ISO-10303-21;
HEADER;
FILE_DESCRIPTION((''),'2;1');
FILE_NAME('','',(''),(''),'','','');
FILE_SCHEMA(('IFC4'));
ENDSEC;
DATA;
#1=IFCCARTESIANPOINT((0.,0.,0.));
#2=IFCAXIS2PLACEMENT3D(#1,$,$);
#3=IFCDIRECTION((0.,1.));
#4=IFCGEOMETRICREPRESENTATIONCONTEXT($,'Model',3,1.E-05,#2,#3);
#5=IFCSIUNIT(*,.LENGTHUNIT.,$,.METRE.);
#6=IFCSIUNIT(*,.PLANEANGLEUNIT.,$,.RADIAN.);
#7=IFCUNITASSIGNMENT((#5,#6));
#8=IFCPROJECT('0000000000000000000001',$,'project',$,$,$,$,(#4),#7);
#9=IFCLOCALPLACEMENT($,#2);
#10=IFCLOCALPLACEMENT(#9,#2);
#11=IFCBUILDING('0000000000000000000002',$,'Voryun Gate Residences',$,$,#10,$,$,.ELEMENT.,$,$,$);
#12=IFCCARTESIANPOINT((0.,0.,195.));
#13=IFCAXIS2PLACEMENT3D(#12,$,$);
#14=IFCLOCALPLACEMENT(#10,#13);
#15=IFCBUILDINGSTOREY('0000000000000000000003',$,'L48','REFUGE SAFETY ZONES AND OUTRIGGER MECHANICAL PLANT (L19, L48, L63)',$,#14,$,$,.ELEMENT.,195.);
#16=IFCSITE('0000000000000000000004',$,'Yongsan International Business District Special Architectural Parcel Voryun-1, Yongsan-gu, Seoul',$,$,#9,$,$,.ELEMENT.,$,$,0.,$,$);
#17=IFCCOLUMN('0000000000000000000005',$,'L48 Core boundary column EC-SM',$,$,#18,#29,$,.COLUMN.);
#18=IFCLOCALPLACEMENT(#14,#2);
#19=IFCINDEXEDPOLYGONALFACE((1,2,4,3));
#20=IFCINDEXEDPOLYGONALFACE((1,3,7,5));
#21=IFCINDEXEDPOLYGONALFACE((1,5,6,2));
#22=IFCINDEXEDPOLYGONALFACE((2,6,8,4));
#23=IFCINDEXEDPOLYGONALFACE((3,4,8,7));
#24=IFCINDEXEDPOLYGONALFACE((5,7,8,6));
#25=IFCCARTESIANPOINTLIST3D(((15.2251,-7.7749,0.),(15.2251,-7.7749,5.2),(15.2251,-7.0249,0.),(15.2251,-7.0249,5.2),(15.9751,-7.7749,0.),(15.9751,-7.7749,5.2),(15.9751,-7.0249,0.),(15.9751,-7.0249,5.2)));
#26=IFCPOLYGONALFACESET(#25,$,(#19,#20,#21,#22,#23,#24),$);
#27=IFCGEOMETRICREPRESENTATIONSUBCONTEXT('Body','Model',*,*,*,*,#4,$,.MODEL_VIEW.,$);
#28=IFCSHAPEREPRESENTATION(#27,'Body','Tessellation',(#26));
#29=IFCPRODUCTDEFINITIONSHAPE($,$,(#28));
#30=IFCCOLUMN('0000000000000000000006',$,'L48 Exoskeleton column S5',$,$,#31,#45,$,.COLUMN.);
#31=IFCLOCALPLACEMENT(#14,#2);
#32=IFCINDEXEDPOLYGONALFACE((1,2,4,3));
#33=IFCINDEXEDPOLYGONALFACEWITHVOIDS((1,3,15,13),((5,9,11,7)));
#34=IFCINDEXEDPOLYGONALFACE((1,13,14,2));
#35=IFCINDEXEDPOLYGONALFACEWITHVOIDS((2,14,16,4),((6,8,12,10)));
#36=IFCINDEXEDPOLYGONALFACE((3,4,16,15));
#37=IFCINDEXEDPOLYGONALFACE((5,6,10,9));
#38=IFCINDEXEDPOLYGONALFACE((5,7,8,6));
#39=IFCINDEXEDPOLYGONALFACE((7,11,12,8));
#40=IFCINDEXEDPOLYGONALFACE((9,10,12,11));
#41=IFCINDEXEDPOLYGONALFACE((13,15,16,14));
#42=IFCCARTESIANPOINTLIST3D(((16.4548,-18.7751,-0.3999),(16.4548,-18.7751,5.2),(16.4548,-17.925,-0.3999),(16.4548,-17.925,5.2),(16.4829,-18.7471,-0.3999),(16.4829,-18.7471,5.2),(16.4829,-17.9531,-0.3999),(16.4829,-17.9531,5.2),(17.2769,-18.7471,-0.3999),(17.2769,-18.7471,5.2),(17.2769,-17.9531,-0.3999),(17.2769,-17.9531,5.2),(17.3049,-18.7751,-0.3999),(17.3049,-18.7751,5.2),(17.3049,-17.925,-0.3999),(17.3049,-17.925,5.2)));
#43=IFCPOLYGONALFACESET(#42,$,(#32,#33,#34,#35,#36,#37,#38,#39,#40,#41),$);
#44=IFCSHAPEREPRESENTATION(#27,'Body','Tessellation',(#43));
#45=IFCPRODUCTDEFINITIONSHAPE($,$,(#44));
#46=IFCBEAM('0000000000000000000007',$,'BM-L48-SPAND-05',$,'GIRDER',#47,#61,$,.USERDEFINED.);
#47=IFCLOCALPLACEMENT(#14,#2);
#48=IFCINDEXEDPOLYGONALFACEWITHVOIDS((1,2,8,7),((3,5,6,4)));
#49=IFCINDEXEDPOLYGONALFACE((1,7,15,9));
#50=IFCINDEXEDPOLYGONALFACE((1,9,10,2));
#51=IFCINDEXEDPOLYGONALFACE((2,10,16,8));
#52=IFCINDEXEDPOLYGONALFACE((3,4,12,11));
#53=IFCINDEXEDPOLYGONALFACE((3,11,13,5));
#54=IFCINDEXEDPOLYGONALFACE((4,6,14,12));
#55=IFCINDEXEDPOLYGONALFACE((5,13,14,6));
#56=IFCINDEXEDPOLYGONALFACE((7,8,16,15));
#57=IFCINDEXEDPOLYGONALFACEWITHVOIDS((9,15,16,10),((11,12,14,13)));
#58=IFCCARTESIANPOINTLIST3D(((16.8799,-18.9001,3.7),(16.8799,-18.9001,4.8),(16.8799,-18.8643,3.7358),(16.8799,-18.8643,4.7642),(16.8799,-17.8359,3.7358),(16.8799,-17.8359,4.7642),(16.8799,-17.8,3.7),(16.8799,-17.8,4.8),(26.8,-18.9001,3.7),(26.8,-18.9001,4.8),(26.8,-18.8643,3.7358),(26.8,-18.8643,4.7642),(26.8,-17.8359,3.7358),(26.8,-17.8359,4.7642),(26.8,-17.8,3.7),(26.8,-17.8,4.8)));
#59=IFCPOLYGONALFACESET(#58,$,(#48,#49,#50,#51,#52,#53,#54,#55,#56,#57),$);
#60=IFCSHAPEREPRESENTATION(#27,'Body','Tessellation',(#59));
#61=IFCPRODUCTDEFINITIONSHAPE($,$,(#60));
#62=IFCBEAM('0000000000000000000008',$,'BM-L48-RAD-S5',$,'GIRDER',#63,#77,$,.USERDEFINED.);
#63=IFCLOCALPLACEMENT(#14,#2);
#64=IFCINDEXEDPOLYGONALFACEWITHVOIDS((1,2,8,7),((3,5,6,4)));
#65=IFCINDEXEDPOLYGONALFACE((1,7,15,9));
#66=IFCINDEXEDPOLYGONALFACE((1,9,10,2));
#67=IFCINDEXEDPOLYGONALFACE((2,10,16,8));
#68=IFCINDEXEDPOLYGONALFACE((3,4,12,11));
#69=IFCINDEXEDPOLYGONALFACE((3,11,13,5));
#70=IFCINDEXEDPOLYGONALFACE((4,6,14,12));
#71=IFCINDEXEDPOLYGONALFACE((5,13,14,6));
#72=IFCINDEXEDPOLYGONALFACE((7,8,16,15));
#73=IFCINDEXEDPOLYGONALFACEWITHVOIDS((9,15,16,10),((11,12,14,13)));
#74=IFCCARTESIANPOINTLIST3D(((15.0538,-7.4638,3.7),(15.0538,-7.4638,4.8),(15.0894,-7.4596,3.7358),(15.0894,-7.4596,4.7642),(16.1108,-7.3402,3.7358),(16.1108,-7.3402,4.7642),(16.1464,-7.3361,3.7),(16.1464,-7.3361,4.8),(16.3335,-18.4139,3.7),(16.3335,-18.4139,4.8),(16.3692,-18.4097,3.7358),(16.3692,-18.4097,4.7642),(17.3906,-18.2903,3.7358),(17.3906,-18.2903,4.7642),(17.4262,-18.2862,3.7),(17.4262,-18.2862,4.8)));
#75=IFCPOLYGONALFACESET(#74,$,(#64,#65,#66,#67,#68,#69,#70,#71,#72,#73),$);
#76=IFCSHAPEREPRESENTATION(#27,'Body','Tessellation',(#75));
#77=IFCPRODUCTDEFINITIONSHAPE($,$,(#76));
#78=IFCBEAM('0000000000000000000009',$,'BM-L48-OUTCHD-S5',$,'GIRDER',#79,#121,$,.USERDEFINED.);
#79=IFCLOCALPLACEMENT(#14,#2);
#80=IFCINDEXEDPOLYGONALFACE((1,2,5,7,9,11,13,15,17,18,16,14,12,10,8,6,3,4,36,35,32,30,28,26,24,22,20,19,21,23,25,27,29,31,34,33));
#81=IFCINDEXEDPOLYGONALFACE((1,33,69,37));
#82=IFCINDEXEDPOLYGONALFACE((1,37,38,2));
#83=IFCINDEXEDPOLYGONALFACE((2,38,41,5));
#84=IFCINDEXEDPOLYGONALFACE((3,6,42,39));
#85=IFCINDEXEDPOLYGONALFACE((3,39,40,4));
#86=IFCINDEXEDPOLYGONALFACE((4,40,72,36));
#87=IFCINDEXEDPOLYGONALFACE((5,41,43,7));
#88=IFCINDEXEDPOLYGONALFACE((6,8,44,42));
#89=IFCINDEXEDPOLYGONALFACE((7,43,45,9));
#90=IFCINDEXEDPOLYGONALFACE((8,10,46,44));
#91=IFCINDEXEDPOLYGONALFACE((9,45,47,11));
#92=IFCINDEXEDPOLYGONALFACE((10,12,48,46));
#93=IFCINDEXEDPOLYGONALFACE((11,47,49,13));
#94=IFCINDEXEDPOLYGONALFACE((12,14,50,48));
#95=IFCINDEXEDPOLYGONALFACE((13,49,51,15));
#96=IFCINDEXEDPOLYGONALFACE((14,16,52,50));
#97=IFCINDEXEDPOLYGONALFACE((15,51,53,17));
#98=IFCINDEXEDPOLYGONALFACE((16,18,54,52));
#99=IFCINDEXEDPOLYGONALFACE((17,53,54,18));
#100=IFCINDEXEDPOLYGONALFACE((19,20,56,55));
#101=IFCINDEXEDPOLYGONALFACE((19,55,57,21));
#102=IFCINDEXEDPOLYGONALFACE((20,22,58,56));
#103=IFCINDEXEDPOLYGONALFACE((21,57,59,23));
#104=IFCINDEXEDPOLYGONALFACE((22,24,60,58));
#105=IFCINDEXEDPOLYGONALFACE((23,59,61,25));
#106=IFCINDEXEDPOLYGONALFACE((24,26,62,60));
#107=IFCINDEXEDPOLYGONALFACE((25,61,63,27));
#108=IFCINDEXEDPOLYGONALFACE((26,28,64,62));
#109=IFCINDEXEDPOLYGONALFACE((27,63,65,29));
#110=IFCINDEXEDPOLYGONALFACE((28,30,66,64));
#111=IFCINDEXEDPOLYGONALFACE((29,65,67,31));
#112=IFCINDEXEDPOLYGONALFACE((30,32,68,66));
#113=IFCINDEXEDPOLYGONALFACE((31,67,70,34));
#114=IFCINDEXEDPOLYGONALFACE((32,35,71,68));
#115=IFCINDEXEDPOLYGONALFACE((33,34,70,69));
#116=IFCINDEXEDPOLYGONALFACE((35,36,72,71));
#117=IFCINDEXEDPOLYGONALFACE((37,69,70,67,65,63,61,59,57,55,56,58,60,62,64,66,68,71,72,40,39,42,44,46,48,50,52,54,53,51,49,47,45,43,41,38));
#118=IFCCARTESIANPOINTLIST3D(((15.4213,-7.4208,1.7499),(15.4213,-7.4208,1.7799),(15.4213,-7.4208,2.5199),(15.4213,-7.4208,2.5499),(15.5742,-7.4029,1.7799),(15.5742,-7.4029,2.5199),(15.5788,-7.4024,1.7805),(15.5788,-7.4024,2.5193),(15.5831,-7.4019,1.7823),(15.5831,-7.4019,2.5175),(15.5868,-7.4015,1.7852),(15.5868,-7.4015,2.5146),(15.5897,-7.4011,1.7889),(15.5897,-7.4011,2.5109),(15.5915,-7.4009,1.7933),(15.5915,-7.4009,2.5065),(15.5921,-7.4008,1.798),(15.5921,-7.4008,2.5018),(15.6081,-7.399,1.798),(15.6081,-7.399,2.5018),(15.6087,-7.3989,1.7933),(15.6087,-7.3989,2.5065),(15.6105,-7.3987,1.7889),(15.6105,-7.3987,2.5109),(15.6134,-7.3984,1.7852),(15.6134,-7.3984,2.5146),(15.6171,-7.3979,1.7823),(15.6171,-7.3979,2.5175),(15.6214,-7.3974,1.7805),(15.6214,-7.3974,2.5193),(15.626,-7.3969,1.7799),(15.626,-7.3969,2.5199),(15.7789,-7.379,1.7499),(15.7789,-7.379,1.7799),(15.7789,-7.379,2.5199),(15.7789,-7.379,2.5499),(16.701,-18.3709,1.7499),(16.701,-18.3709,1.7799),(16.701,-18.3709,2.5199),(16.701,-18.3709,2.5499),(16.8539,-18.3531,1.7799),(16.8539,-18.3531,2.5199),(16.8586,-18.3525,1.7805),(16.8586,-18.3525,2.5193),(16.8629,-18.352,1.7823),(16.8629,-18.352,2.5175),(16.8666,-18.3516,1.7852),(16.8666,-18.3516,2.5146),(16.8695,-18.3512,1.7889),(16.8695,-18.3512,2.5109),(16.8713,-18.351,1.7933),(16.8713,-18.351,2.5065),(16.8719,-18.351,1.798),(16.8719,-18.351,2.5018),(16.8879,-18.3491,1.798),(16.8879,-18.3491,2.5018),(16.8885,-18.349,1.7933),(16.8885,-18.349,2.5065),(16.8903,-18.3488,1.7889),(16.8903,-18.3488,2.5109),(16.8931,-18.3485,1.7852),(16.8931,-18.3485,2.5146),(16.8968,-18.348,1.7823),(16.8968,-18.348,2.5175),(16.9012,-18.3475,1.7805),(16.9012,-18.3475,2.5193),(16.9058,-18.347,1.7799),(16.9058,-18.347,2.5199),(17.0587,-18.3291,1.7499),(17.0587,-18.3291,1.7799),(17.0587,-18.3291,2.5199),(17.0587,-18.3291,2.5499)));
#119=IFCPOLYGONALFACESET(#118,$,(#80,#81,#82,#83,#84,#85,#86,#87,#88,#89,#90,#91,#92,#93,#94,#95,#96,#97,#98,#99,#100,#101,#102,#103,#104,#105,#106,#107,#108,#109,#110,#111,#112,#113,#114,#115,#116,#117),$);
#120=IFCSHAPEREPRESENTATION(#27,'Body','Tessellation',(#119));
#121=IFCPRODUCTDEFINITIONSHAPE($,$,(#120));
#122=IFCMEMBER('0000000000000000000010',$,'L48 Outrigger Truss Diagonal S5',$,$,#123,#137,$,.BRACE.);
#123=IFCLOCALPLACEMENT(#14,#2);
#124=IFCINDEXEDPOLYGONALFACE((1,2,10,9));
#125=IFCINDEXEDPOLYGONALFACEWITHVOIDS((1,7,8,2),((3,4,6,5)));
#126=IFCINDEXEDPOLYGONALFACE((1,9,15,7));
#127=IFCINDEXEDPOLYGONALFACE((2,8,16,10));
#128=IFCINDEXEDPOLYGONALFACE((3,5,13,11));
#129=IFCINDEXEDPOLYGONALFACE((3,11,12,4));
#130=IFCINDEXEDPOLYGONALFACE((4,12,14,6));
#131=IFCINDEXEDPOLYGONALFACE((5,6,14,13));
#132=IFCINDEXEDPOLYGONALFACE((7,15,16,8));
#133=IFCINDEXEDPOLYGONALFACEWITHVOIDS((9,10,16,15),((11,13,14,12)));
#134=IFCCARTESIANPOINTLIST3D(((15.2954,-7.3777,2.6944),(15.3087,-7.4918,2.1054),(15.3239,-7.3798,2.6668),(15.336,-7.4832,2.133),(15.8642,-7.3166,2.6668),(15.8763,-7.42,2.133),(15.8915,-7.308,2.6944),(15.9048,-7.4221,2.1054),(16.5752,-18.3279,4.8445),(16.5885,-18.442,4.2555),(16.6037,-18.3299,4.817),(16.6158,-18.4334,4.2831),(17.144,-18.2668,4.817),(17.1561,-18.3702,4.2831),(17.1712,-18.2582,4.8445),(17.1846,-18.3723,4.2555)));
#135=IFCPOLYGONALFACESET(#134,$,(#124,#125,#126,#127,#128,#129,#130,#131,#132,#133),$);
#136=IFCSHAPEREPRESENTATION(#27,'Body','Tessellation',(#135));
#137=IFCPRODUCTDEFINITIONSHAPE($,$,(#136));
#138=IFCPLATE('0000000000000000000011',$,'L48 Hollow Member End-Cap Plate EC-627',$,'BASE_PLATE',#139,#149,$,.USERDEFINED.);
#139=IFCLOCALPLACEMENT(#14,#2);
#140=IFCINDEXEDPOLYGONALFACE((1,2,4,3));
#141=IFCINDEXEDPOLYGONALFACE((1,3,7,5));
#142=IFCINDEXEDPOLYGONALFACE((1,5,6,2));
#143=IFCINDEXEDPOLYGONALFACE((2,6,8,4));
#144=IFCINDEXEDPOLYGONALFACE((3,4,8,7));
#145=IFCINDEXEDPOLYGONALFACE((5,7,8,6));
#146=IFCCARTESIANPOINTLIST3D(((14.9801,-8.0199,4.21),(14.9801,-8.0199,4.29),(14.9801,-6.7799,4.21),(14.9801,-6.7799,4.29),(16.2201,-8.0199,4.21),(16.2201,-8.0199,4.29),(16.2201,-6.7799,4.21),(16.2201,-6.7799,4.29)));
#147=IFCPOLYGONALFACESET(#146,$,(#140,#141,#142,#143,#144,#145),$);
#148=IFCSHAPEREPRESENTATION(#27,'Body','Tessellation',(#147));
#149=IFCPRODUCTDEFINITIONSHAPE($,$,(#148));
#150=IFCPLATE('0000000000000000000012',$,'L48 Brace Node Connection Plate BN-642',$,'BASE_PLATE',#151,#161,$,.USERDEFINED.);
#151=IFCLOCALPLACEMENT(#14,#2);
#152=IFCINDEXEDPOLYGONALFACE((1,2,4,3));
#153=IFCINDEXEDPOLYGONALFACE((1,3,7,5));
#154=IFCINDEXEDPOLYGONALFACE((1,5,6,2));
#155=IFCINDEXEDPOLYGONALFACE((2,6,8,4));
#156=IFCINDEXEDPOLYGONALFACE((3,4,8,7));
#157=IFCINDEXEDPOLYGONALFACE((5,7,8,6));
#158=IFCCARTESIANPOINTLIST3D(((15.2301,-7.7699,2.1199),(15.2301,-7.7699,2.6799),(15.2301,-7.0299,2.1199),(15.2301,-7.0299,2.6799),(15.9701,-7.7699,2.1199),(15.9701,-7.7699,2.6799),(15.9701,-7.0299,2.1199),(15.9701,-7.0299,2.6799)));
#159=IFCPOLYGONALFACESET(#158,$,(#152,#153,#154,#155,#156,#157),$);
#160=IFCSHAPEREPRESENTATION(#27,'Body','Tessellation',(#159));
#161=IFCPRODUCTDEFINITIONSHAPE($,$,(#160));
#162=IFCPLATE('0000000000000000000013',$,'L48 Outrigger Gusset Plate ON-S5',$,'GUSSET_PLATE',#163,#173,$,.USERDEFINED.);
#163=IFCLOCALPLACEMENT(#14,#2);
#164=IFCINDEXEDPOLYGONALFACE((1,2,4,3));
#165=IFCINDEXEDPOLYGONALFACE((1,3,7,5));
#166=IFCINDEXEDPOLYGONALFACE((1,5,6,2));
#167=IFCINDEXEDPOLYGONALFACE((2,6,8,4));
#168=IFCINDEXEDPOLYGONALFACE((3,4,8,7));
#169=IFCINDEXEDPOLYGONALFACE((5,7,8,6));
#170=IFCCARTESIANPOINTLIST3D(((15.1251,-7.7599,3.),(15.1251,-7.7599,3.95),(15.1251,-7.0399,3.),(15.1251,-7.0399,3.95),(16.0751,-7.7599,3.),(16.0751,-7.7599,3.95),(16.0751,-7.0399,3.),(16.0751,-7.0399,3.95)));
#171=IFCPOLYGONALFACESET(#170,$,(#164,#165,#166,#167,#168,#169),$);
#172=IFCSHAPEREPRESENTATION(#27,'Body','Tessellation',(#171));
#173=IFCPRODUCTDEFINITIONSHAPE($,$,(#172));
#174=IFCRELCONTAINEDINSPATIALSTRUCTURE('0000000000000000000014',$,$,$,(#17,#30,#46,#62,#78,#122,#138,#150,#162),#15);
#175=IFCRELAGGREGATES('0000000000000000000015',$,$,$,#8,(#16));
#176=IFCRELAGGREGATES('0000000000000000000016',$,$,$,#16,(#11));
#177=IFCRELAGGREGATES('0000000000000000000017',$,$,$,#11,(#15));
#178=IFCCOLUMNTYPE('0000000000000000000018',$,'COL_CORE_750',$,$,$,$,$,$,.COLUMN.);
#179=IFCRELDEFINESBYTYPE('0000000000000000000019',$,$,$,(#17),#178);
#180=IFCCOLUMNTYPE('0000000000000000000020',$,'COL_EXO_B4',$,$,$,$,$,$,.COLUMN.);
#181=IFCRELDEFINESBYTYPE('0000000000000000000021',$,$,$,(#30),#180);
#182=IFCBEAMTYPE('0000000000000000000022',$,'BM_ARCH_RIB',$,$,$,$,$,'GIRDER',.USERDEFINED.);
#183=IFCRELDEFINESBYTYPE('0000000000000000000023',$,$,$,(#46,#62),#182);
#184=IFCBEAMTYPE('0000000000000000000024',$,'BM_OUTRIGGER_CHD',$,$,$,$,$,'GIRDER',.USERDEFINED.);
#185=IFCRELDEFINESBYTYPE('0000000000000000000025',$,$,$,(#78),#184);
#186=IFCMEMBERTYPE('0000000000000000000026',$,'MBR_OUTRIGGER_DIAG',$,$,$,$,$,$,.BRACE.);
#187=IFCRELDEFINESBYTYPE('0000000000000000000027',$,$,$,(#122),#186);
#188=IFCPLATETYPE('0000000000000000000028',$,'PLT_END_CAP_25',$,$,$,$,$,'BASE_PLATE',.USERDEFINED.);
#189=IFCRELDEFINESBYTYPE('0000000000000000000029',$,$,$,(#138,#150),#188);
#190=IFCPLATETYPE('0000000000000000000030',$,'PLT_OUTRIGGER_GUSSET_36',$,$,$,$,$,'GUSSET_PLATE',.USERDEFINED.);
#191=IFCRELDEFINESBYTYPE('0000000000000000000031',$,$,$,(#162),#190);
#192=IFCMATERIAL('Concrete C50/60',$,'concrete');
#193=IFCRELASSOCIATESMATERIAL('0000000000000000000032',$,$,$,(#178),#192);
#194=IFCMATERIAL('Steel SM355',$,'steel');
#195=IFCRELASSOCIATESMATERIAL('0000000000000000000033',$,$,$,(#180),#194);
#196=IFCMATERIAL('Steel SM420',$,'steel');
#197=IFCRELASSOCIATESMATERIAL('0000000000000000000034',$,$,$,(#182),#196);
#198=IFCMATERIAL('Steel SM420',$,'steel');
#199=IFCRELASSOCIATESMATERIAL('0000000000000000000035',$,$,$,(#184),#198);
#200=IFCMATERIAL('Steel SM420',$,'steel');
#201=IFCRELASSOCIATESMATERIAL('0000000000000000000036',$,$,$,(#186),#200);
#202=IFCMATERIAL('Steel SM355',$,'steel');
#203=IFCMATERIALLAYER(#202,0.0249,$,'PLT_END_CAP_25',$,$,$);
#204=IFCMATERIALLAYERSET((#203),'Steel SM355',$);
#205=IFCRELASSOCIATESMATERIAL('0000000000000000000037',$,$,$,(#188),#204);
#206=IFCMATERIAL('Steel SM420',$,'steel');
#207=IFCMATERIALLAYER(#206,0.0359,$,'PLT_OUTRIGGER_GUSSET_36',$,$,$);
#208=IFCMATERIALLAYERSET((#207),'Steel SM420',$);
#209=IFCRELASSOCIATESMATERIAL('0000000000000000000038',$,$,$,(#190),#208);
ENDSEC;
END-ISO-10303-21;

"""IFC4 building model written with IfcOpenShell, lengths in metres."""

from ifc_helpers import new_model, si_unit, direction, frame, origin, origin_2d, place, context, subcontext, project, spatial, rectangle, hollow_rectangle, i_section, extrude, material, layer, layer_set, material_profile, profile_set, type_object, element, save


model = new_model("IFC4")

# Units and contexts
model_context = context("Model", 3, precision=1e-05, world=origin(), true_north=direction((0.0, 1.0)))
body_context = subcontext(model_context, "Body", "Model", "MODEL_VIEW")
ifc_project = project(units=[si_unit("LENGTHUNIT", "METRE"), si_unit("PLANEANGLEUNIT", "RADIAN")], contexts=[model_context])

# Site, building, storey
site_placement = place(None, origin())
site = spatial("IfcSite", under=ifc_project, at=site_placement, Name="Yongsan International Business District Special Architectural Parcel Voryun-1, Yongsan-gu, Seoul", CompositionType="ELEMENT", RefElevation=0.0)
building_placement = place(site_placement, origin())
building = spatial("IfcBuilding", under=site, at=building_placement, Name="Voryun Gate Residences", CompositionType="ELEMENT")
storey_placement = place(building_placement, frame((0.0, 0.0, 195.0)))
storey = spatial("IfcBuildingStorey", under=building, at=storey_placement, Name="L48", Description="REFUGE SAFETY ZONES AND OUTRIGGER MECHANICAL PLANT (L19, L48, L63)", CompositionType="ELEMENT", Elevation=195.0)

# Columns
ifc_material_1 = material(Name="Concrete C50/60", Category="concrete")
ifc_material_profile_1 = material_profile(ifc_material_1, rectangle(XDim=0.75, YDim=0.75, at=origin_2d()), Name="RC-750x750")
ifc_profile_set_1 = profile_set([ifc_material_profile_1], Name="Concrete C50/60")
column_type_1 = type_object("IfcColumnType", Name="COL_CORE_750", PredefinedType="COLUMN", material=ifc_profile_set_1)
column_1_placement = place(storey_placement, frame((15.6001, -7.3999, 0.0), z_axis=(0.0, 0.0, 1.0), x_axis=(1.0, 0.0, 0.0)))
element("IfcColumn", 1, at=column_1_placement, inside=storey, type_object=column_type_1, Name="L48 Core boundary column EC-SM", PredefinedType="COLUMN", context=body_context, shape_type="SweptSolid", body=[
    extrude(rectangle(XDim=0.75, YDim=0.75, at=origin_2d()), origin(), (0.0, 0.0, 1.0), 5.2),
])
ifc_material_2 = material(Name="Steel SM355", Category="steel")
ifc_material_profile_2 = material_profile(ifc_material_2, hollow_rectangle(XDim=0.8501, YDim=0.8501, WallThickness=0.0281, at=origin_2d()), Name="BOX-850x850x28")
ifc_profile_set_2 = profile_set([ifc_material_profile_2], Name="Steel SM355")
column_type_2 = type_object("IfcColumnType", Name="COL_EXO_B4", PredefinedType="COLUMN", material=ifc_profile_set_2)
column_2_placement = place(storey_placement, frame((16.8799, -18.3501, -0.3999), z_axis=(0.0, 0.0, 1.0), x_axis=(1.0, 0.0, 0.0)))
element("IfcColumn", 2, at=column_2_placement, inside=storey, type_object=column_type_2, Name="L48 Exoskeleton column S5", PredefinedType="COLUMN", context=body_context, shape_type="SweptSolid", body=[
    extrude(hollow_rectangle(XDim=0.8501, YDim=0.8501, WallThickness=0.0281, at=origin_2d()), origin(), (0.0, 0.0, 1.0), 5.5999),
])

# Beams
ifc_material_3 = material(Name="Steel SM420", Category="steel")
ifc_material_profile_3 = material_profile(ifc_material_3, hollow_rectangle(XDim=1.1001, YDim=1.1001, WallThickness=0.0359, at=origin_2d()), Name="BOX-1100x1100x36")
ifc_profile_set_3 = profile_set([ifc_material_profile_3], Name="Steel SM420")
beam_type_1 = type_object("IfcBeamType", Name="BM_ARCH_RIB", ElementType="GIRDER", PredefinedType="USERDEFINED", material=ifc_profile_set_3)
beam_1_placement = place(storey_placement, frame((16.8799, -18.3501, 4.25), z_axis=(1.0, 0.0, 0.0), x_axis=(0.0, 1.0, 0.0)))
element("IfcBeam", 3, at=beam_1_placement, inside=storey, type_object=beam_type_1, Name="BM-L48-SPAND-05", ObjectType="GIRDER", PredefinedType="USERDEFINED", context=body_context, shape_type="SweptSolid", body=[
    extrude(hollow_rectangle(XDim=1.1001, YDim=1.1001, WallThickness=0.0359, at=origin_2d()), origin(), (0.0, 0.0, 1.0), 9.9202),
])
beam_2_placement = place(storey_placement, frame((15.6001, -7.3999, 4.25), z_axis=(0.116083, -0.993239, 0.0), x_axis=(0.993239, 0.116083, 0.0)))
element("IfcBeam", 4, at=beam_2_placement, inside=storey, type_object=beam_type_1, Name="BM-L48-RAD-S5", ObjectType="GIRDER", PredefinedType="USERDEFINED", context=body_context, shape_type="SweptSolid", body=[
    extrude(hollow_rectangle(XDim=1.1001, YDim=1.1001, WallThickness=0.0359, at=origin_2d()), origin(), (0.0, 0.0, 1.0), 11.0247),
])
ifc_material_4 = material(Name="Steel SM420", Category="steel")
ifc_material_profile_4 = material_profile(ifc_material_4, i_section(OverallWidth=0.3601, OverallDepth=0.8, WebThickness=0.0161, FlangeThickness=0.03, FilletRadius=0.0181, at=origin_2d()), Name="H-800x360x16x30")
ifc_profile_set_4 = profile_set([ifc_material_profile_4], Name="Steel SM420")
beam_type_2 = type_object("IfcBeamType", Name="BM_OUTRIGGER_CHD", ElementType="GIRDER", PredefinedType="USERDEFINED", material=ifc_profile_set_4)
beam_3_placement = place(storey_placement, frame((15.6001, -7.3999, 2.1499), z_axis=(0.116083, -0.993239, 0.0), x_axis=(0.993239, 0.116083, 0.0)))
element("IfcBeam", 5, at=beam_3_placement, inside=storey, type_object=beam_type_2, Name="BM-L48-OUTCHD-S5", ObjectType="GIRDER", PredefinedType="USERDEFINED", context=body_context, shape_type="SweptSolid", body=[
    extrude(i_section(OverallWidth=0.3601, OverallDepth=0.8, WebThickness=0.0161, FlangeThickness=0.03, FilletRadius=0.0181, at=origin_2d()), origin(), (0.0, 0.0, 1.0), 11.0247),
])

# Member
ifc_material_5 = material(Name="Steel SM420", Category="steel")
ifc_material_profile_5 = material_profile(ifc_material_5, hollow_rectangle(XDim=0.6001, YDim=0.6001, WallThickness=0.0281, at=origin_2d()), Name="BOX-600x600x28")
ifc_profile_set_5 = profile_set([ifc_material_profile_5], Name="Steel SM420")
member_type = type_object("IfcMemberType", Name="MBR_OUTRIGGER_DIAG", PredefinedType="BRACE", material=ifc_profile_set_5)
member_placement = place(storey_placement, frame((15.6001, -7.3999, 2.3999), z_axis=(0.113937, -0.974872, 0.191423), x_axis=(0.993239, 0.116083, 0.0)))
element("IfcMember", 6, at=member_placement, inside=storey, type_object=member_type, Name="L48 Outrigger Truss Diagonal S5", PredefinedType="BRACE", context=body_context, shape_type="SweptSolid", body=[
    extrude(hollow_rectangle(XDim=0.6001, YDim=0.6001, WallThickness=0.0281, at=origin_2d()), origin(), (0.0, 0.0, 1.0), 11.2324),
])

# Plates
ifc_material_6 = material(Name="Steel SM355", Category="steel")
ifc_layer_1 = layer(ifc_material_6, 0.0249, Name="PLT_END_CAP_25")
ifc_layer_set_1 = layer_set([ifc_layer_1], Name="Steel SM355")
plate_type_1 = type_object("IfcPlateType", Name="PLT_END_CAP_25", ElementType="BASE_PLATE", PredefinedType="USERDEFINED", material=ifc_layer_set_1)
plate_1_placement = place(storey_placement, frame((15.6001, -7.3999, 4.21), z_axis=(0.0, 0.0, 1.0), x_axis=(1.0, 0.0, 0.0)))
element("IfcPlate", 7, at=plate_1_placement, inside=storey, type_object=plate_type_1, Name="L48 Hollow Member End-Cap Plate EC-627", ObjectType="BASE_PLATE", PredefinedType="USERDEFINED", context=body_context, shape_type="SweptSolid", body=[
    extrude(rectangle(XDim=1.24, YDim=1.24, at=origin_2d()), origin(), (0.0, 0.0, 1.0), 0.0801),
])
plate_2_placement = place(storey_placement, frame((15.6001, -7.3999, 2.1199), z_axis=(0.0, 0.0, 1.0), x_axis=(1.0, 0.0, 0.0)))
element("IfcPlate", 8, at=plate_2_placement, inside=storey, type_object=plate_type_1, Name="L48 Brace Node Connection Plate BN-642", ObjectType="BASE_PLATE", PredefinedType="USERDEFINED", context=body_context, shape_type="SweptSolid", body=[
    extrude(rectangle(XDim=0.74, YDim=0.74, at=origin_2d()), origin(), (0.0, 0.0, 1.0), 0.5601),
])
ifc_material_7 = material(Name="Steel SM420", Category="steel")
ifc_layer_2 = layer(ifc_material_7, 0.0359, Name="PLT_OUTRIGGER_GUSSET_36")
ifc_layer_set_2 = layer_set([ifc_layer_2], Name="Steel SM420")
plate_type_2 = type_object("IfcPlateType", Name="PLT_OUTRIGGER_GUSSET_36", ElementType="GUSSET_PLATE", PredefinedType="USERDEFINED", material=ifc_layer_set_2)
plate_3_placement = place(storey_placement, frame((15.6001, -7.3999, 3.0), z_axis=(0.0, 0.0, 1.0), x_axis=(1.0, 0.0, 0.0)))
element("IfcPlate", 9, at=plate_3_placement, inside=storey, type_object=plate_type_2, Name="L48 Outrigger Gusset Plate ON-S5", ObjectType="GUSSET_PLATE", PredefinedType="USERDEFINED", context=body_context, shape_type="SweptSolid", body=[
    extrude(rectangle(XDim=0.95, YDim=0.72, at=origin_2d()), origin(), (0.0, 0.0, 1.0), 0.95),
])

save(model, "model.ifc")
